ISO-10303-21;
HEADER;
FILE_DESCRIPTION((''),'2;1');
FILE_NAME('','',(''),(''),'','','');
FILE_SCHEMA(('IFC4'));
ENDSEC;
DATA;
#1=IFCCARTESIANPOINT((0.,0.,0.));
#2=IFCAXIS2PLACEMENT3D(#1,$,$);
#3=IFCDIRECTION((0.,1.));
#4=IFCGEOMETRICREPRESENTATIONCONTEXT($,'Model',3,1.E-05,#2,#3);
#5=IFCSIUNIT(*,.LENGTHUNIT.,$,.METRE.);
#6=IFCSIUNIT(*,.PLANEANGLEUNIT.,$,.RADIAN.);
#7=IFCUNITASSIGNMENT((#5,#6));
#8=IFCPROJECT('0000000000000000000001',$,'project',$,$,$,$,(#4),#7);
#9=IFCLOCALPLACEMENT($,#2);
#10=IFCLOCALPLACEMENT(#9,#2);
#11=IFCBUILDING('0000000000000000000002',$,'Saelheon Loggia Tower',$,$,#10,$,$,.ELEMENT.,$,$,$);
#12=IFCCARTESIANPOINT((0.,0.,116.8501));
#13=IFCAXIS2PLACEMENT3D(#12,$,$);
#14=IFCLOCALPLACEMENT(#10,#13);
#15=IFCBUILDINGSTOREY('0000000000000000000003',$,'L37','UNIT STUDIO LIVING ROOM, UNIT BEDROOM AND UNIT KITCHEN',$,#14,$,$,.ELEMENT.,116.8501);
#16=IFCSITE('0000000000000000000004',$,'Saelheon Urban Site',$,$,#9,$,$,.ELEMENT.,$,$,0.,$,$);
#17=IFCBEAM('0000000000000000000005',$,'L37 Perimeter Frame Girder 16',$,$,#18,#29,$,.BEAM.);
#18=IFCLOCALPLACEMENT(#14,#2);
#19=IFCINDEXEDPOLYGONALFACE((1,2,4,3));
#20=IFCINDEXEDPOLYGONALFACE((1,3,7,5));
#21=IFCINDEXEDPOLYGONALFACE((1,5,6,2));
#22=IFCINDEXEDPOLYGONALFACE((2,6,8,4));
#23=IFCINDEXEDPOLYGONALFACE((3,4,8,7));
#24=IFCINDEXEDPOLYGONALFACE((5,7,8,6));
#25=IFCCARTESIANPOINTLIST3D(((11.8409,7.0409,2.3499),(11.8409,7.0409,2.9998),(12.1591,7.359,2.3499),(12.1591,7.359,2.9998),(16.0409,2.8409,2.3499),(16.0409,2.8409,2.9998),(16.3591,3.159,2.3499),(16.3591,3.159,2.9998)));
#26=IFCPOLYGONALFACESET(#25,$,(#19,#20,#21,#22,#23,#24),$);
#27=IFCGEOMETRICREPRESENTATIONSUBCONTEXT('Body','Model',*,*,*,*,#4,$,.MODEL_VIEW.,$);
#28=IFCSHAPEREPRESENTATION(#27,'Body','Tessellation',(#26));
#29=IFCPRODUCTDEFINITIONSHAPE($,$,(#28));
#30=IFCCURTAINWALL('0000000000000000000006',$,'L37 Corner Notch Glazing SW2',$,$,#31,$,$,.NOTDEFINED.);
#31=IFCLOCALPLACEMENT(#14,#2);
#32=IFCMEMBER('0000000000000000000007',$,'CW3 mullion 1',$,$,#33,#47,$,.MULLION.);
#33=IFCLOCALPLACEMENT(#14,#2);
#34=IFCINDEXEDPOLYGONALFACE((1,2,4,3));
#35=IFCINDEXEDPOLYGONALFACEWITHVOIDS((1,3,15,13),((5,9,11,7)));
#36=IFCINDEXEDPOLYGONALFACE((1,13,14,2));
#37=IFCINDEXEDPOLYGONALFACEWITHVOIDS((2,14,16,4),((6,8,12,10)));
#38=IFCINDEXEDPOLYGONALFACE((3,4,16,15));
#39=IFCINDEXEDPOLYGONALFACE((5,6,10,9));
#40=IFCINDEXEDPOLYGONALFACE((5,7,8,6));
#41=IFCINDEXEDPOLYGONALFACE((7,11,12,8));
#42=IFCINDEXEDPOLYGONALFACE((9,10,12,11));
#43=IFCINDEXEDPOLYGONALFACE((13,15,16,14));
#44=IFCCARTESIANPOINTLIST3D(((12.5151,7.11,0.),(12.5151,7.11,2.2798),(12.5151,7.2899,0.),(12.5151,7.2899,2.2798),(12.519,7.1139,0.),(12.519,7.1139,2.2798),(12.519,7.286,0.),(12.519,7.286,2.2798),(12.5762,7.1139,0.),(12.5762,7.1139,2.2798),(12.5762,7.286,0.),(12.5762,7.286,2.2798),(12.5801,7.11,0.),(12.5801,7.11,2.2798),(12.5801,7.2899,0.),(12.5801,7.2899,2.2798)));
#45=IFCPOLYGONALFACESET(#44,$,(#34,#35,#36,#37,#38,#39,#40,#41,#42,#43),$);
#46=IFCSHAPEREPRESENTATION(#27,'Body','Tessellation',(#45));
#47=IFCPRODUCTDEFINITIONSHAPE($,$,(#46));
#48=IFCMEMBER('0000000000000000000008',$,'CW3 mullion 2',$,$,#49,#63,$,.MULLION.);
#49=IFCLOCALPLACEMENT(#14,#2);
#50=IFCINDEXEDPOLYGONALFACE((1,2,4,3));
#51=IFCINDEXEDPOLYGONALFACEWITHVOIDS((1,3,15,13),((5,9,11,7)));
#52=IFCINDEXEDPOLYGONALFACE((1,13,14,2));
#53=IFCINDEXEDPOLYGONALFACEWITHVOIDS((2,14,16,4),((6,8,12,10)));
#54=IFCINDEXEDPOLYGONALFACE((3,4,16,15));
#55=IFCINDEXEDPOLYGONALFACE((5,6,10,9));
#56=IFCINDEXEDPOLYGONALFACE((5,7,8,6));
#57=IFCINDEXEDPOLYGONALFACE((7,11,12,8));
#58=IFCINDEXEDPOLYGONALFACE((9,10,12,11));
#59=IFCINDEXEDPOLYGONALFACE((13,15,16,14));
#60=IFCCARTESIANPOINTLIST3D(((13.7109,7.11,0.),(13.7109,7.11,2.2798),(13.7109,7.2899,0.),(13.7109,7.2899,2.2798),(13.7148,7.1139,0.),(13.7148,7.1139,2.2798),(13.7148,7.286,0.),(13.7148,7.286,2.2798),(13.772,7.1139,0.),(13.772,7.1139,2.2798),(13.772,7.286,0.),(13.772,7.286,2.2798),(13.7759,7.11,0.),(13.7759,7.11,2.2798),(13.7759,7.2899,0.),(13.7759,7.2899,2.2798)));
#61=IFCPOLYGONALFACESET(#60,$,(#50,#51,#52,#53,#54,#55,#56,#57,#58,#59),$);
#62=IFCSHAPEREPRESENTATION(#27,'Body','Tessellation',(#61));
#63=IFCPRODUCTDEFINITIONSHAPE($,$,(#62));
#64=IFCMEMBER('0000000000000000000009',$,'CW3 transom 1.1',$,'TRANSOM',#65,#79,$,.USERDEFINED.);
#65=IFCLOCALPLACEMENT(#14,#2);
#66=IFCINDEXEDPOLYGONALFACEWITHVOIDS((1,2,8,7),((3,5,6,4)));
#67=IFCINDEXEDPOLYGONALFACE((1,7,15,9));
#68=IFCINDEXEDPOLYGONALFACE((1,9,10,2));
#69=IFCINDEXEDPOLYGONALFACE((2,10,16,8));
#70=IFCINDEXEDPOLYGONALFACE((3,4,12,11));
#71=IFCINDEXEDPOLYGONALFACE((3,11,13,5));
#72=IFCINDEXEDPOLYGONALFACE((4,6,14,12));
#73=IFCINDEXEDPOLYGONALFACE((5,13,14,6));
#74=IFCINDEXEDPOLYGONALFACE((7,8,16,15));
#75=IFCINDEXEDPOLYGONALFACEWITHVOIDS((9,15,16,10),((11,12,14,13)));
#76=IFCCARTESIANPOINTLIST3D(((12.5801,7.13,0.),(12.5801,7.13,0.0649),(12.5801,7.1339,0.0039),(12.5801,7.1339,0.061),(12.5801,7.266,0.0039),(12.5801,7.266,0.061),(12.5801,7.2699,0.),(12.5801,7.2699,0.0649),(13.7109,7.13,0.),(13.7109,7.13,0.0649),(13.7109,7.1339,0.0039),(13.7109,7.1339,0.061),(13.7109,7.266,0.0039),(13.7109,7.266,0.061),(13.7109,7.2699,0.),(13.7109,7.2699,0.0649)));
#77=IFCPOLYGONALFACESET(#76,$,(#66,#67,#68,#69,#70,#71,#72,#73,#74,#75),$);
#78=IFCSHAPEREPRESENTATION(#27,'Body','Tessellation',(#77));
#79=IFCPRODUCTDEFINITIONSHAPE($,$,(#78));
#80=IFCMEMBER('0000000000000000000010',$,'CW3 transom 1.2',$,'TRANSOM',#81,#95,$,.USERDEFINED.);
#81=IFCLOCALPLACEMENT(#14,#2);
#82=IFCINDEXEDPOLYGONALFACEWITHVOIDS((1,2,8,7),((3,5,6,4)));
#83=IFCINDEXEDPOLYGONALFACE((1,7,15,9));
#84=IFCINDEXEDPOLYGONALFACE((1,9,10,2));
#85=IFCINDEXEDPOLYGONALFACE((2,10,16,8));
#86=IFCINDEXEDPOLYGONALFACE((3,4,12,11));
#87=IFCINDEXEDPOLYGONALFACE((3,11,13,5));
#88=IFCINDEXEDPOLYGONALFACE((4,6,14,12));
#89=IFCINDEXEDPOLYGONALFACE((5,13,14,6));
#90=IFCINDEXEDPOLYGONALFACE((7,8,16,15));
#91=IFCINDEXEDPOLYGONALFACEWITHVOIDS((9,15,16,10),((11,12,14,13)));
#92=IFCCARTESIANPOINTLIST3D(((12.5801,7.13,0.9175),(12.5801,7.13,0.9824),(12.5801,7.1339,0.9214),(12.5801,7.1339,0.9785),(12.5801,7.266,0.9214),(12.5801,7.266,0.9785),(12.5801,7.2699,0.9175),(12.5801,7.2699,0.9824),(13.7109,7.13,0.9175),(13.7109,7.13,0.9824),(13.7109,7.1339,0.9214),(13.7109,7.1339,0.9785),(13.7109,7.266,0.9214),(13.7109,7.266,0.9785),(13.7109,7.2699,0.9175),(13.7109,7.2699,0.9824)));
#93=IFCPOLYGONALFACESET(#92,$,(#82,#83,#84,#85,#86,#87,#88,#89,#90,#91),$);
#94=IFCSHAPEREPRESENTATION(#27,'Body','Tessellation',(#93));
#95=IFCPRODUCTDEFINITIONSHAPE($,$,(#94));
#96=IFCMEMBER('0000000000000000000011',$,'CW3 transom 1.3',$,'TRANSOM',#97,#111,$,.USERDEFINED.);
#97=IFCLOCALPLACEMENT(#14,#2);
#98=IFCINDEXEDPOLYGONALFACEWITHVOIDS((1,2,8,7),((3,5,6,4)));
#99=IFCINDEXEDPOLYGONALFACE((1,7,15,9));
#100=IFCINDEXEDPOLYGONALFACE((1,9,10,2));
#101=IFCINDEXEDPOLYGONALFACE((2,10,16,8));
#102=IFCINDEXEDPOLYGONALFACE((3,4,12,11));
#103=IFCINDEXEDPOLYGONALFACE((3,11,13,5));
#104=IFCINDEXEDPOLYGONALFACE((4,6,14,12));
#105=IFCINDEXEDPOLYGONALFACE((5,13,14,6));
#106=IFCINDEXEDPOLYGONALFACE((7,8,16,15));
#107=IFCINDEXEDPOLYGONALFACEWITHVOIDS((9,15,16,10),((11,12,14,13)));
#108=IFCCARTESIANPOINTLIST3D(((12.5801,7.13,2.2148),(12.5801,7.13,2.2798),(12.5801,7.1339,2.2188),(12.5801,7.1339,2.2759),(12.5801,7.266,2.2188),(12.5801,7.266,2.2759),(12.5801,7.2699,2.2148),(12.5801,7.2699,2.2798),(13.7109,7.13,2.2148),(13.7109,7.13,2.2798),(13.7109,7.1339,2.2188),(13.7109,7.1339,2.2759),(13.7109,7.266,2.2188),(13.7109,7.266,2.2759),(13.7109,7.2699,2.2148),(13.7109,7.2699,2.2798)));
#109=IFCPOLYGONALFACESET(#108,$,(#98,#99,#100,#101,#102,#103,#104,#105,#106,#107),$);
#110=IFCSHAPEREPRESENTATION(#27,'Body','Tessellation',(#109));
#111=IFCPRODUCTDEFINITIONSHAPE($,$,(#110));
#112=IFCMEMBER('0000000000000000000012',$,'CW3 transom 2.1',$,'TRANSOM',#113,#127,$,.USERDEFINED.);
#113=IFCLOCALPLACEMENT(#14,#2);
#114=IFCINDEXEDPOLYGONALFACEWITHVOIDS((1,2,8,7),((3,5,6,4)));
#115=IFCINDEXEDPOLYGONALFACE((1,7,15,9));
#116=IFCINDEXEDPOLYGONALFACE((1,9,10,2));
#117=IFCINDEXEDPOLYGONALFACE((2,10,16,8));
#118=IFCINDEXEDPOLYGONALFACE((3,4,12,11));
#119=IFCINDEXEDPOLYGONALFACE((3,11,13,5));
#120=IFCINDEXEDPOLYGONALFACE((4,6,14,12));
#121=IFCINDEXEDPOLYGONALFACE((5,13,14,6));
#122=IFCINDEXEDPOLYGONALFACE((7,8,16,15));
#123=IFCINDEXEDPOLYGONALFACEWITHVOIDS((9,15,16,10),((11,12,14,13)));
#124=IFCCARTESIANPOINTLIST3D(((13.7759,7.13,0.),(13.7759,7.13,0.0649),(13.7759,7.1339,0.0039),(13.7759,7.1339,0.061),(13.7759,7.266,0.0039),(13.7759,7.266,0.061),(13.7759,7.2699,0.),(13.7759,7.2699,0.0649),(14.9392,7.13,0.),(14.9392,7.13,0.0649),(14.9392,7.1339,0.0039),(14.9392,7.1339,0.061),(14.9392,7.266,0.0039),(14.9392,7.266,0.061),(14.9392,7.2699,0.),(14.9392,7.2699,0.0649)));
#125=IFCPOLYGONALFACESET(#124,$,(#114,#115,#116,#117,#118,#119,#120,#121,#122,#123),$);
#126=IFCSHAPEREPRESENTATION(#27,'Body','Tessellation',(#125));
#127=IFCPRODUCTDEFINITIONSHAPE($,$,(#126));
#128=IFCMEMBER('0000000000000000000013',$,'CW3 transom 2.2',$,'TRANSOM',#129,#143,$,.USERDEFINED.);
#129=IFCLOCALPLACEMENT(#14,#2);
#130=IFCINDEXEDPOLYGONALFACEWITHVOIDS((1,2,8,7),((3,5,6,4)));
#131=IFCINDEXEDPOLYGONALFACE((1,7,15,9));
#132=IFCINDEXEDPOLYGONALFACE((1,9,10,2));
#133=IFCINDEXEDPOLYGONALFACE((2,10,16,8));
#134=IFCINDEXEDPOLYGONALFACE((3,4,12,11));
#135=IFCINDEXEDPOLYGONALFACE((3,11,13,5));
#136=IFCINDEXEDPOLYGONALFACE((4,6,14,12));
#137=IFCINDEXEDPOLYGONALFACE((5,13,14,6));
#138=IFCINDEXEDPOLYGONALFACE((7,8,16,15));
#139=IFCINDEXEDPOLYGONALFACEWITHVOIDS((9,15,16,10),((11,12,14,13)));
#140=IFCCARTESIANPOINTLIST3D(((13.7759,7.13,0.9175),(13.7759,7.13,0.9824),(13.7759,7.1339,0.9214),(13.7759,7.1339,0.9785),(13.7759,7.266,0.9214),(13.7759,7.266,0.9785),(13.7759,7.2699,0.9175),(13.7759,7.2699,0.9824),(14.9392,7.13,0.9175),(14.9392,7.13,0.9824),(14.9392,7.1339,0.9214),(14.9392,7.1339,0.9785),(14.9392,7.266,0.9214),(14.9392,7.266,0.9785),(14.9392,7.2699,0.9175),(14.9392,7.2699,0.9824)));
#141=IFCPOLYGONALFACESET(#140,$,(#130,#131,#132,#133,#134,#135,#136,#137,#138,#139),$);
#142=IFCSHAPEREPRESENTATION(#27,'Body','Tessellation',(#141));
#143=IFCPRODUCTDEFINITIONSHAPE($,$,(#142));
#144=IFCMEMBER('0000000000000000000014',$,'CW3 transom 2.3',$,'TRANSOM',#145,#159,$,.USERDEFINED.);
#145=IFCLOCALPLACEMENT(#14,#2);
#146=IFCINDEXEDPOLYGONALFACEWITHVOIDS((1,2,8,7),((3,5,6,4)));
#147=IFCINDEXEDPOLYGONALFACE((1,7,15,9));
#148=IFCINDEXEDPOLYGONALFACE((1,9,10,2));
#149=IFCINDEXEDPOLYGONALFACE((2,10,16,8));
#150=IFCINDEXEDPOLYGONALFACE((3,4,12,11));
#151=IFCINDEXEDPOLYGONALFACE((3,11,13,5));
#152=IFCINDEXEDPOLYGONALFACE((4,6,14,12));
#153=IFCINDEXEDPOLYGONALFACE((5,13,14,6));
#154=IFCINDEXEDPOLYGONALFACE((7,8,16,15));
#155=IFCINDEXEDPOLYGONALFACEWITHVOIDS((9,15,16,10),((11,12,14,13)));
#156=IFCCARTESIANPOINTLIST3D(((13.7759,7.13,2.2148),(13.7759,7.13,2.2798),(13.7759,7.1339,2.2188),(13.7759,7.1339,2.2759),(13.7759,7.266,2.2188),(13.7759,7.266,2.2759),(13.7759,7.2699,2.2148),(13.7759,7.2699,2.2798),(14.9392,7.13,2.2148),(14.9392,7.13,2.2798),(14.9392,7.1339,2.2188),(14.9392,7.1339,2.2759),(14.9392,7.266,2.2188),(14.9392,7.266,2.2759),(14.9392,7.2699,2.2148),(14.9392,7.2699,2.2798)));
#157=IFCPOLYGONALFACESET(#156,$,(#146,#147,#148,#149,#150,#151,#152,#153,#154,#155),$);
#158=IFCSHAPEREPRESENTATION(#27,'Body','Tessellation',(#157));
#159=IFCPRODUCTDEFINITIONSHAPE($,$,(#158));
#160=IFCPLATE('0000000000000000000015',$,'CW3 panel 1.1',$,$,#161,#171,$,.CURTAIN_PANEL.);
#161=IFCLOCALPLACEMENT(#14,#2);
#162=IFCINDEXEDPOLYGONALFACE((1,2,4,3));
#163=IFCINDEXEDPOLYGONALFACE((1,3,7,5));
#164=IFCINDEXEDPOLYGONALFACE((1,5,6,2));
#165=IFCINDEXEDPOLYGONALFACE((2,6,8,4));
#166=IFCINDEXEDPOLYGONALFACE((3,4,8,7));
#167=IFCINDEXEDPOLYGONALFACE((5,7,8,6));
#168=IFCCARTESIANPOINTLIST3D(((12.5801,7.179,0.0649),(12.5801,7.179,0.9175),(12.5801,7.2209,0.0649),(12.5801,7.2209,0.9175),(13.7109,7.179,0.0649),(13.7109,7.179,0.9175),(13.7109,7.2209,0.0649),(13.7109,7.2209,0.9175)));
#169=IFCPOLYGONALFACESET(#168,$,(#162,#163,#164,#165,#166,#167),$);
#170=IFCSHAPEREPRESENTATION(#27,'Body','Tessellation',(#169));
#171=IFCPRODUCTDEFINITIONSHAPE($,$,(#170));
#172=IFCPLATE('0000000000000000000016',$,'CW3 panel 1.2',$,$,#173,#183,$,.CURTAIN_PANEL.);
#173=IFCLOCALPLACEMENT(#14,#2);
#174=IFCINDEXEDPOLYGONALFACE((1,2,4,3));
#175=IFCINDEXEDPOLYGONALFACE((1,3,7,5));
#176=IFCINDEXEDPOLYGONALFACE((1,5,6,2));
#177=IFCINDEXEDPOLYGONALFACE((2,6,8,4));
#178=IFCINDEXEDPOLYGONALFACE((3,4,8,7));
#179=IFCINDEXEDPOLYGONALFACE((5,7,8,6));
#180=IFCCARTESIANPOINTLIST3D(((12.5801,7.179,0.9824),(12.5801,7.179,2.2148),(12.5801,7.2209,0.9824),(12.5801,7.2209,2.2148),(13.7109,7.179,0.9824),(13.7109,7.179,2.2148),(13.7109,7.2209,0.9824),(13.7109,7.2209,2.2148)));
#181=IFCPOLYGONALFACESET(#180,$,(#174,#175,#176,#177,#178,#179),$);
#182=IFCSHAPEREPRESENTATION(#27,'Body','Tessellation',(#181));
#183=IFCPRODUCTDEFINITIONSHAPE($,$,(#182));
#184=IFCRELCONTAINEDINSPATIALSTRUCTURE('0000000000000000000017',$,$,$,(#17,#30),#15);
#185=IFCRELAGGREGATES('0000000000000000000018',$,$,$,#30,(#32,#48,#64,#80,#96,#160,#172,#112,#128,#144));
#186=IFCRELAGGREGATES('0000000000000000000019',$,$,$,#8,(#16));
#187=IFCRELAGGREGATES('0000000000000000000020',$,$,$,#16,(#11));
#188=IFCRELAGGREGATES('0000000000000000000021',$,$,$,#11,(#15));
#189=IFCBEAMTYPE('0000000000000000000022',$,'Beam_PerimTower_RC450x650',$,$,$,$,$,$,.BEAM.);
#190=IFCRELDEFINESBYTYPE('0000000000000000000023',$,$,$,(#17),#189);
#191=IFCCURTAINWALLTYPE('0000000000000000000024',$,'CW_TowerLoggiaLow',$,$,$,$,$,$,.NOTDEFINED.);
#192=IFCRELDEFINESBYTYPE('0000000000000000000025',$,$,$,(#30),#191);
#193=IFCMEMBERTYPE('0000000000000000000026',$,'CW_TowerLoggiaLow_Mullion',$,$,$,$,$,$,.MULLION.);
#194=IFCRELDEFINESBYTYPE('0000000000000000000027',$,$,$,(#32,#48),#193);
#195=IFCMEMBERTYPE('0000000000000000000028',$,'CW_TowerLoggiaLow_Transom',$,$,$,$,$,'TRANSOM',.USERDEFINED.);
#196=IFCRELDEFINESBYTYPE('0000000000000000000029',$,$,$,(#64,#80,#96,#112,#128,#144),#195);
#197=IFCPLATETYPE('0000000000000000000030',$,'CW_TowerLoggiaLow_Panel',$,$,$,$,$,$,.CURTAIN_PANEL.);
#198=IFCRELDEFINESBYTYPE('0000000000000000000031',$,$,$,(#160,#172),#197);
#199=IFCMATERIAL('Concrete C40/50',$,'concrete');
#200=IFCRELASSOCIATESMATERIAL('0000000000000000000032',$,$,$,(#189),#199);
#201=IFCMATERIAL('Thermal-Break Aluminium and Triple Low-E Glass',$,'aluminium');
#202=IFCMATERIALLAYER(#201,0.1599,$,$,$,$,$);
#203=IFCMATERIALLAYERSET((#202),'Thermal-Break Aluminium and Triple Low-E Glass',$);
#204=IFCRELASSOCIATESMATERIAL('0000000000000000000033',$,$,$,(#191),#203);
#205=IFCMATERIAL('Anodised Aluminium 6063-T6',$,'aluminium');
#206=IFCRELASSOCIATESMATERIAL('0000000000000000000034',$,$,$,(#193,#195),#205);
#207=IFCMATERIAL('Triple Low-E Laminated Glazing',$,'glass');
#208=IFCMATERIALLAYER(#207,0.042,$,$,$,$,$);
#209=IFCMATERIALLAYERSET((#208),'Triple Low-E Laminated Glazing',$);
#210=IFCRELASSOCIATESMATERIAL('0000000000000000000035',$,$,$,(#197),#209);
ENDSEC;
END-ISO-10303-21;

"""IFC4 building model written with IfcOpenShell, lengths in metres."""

from ifc_helpers import new_model, si_unit, direction, frame, origin, origin_2d, place, context, subcontext, project, spatial, rectangle, hollow_rectangle, extrude, source, transform, mapped, material, layer, layer_set, material_profile, profile_set, type_object, element, aggregate, save


model = new_model("IFC4")

# Units and contexts
model_context = context("Model", 3, precision=1e-05, world=origin(), true_north=direction((0.0, 1.0)))
body_context = subcontext(model_context, "Body", "Model", "MODEL_VIEW")
ifc_project = project(units=[si_unit("LENGTHUNIT", "METRE"), si_unit("PLANEANGLEUNIT", "RADIAN")], contexts=[model_context])

# Site, building, storey
site_placement = place(None, origin())
site = spatial("IfcSite", under=ifc_project, at=site_placement, Name="Saelheon Urban Site", CompositionType="ELEMENT", RefElevation=0.0)
building_placement = place(site_placement, origin())
building = spatial("IfcBuilding", under=site, at=building_placement, Name="Saelheon Loggia Tower", CompositionType="ELEMENT")
storey_placement = place(building_placement, frame((0.0, 0.0, 116.8501)))
storey = spatial("IfcBuildingStorey", under=building, at=storey_placement, Name="L37", Description="UNIT STUDIO LIVING ROOM, UNIT BEDROOM AND UNIT KITCHEN", CompositionType="ELEMENT", Elevation=116.8501)

# Beam
ifc_material_1 = material(Name="Concrete C40/50", Category="concrete")
ifc_material_profile_1 = material_profile(ifc_material_1, rectangle(XDim=0.45, YDim=0.6499, at=origin_2d()), Name="RC-450x650")
ifc_profile_set_1 = profile_set([ifc_material_profile_1], Name="Concrete C40/50")
beam_type = type_object("IfcBeamType", Name="Beam_PerimTower_RC450x650", PredefinedType="BEAM", material=ifc_profile_set_1)
shared_shape_1 = source(origin(), body_context, "Body", "SweptSolid", [
    extrude(rectangle(XDim=0.45, YDim=0.6499, at=origin_2d()), origin(), (0.0, 0.0, 1.0), 5.9397),
])
beam_placement = place(storey_placement, frame((12.0, 7.2, 2.6748), z_axis=(0.707107, -0.707107, 0.0), x_axis=(0.707107, 0.707107, 0.0)))
element("IfcBeam", 1, at=beam_placement, inside=storey, type_object=beam_type, Name="L37 Perimeter Frame Girder 16", PredefinedType="BEAM", context=body_context, shape_type="MappedRepresentation", body=[
    mapped(shared_shape_1, transform((0.0, 0.0, 0.0), scale=1.0)),
])

# Curtain wall, members, plates
ifc_material_2 = material(Name="Thermal-Break Aluminium and Triple Low-E Glass", Category="aluminium")
ifc_layer_1 = layer(ifc_material_2, 0.1599)
ifc_layer_set_1 = layer_set([ifc_layer_1], Name="Thermal-Break Aluminium and Triple Low-E Glass")
curtain_wall_type = type_object("IfcCurtainWallType", Name="CW_TowerLoggiaLow", PredefinedType="NOTDEFINED", material=ifc_layer_set_1)
curtain_wall_placement = place(storey_placement, origin())
curtain_wall = element("IfcCurtainWall", 2, at=curtain_wall_placement, inside=storey, type_object=curtain_wall_type, Name="L37 Corner Notch Glazing SW2", PredefinedType="NOTDEFINED")
ifc_material_3 = material(Name="Anodised Aluminium 6063-T6", Category="aluminium")
ifc_material_profile_2 = material_profile(ifc_material_3, hollow_rectangle(XDim=0.0649, YDim=0.1799, WallThickness=0.0039, at=origin_2d()), Name="RHS-180x65x4")
ifc_profile_set_2 = profile_set([ifc_material_profile_2], Name="Anodised Aluminium 6063-T6")
member_type_1 = type_object("IfcMemberType", Name="CW_TowerLoggiaLow_Mullion", PredefinedType="MULLION", material=ifc_profile_set_2)
shared_shape_2 = source(origin(), body_context, "Body", "SweptSolid", [
    extrude(hollow_rectangle(XDim=0.0649, YDim=0.1799, WallThickness=0.0039, at=origin_2d()), origin(), (0.0, 0.0, 1.0), 2.2798),
])
member_1_placement = place(storey_placement, frame((12.5476, 7.2, 0.0), z_axis=(0.0, 0.0, 1.0), x_axis=(1.0, 0.0, 0.0)))
member_1 = element("IfcMember", 3, at=member_1_placement, type_object=member_type_1, Name="CW3 mullion 1", PredefinedType="MULLION", context=body_context, shape_type="MappedRepresentation", body=[
    mapped(shared_shape_2, transform((0.0, 0.0, 0.0), scale=1.0)),
])
member_2_placement = place(storey_placement, frame((13.7434, 7.2, 0.0), z_axis=(0.0, 0.0, 1.0), x_axis=(1.0, 0.0, 0.0)))
member_2 = element("IfcMember", 4, at=member_2_placement, type_object=member_type_1, Name="CW3 mullion 2", PredefinedType="MULLION", context=body_context, shape_type="MappedRepresentation", body=[
    mapped(shared_shape_2, transform((0.0, 0.0, 0.0), scale=1.0)),
])
ifc_material_profile_3 = material_profile(ifc_material_3, hollow_rectangle(XDim=0.0649, YDim=0.1399, WallThickness=0.0039, at=origin_2d()), Name="RHS-140x65x4")
ifc_profile_set_3 = profile_set([ifc_material_profile_3], Name="Anodised Aluminium 6063-T6")
member_type_2 = type_object("IfcMemberType", Name="CW_TowerLoggiaLow_Transom", ElementType="TRANSOM", PredefinedType="USERDEFINED", material=ifc_profile_set_3)
shared_shape_3 = source(origin(), body_context, "Body", "SweptSolid", [
    extrude(hollow_rectangle(XDim=0.0649, YDim=0.1399, WallThickness=0.0039, at=origin_2d()), origin(), (0.0, 0.0, 1.0), 1.1309),
])
member_3_placement = place(storey_placement, frame((12.5801, 7.2, 0.0325), z_axis=(1.0, 0.0, 0.0), x_axis=(0.0, 0.0, 1.0)))
member_3 = element("IfcMember", 5, at=member_3_placement, type_object=member_type_2, Name="CW3 transom 1.1", ObjectType="TRANSOM", PredefinedType="USERDEFINED", context=body_context, shape_type="MappedRepresentation", body=[
    mapped(shared_shape_3, transform((0.0, 0.0, 0.0), scale=1.0)),
])
member_4_placement = place(storey_placement, frame((12.5801, 7.2, 0.95), z_axis=(1.0, 0.0, 0.0), x_axis=(0.0, 0.0, 1.0)))
member_4 = element("IfcMember", 6, at=member_4_placement, type_object=member_type_2, Name="CW3 transom 1.2", ObjectType="TRANSOM", PredefinedType="USERDEFINED", context=body_context, shape_type="MappedRepresentation", body=[
    mapped(shared_shape_3, transform((0.0, 0.0, 0.0), scale=1.0)),
])
member_5_placement = place(storey_placement, frame((12.5801, 7.2, 2.2473), z_axis=(1.0, 0.0, 0.0), x_axis=(0.0, 0.0, 1.0)))
member_5 = element("IfcMember", 7, at=member_5_placement, type_object=member_type_2, Name="CW3 transom 1.3", ObjectType="TRANSOM", PredefinedType="USERDEFINED", context=body_context, shape_type="MappedRepresentation", body=[
    mapped(shared_shape_3, transform((0.0, 0.0, 0.0), scale=1.0)),
])
shared_shape_4 = source(origin(), body_context, "Body", "SweptSolid", [
    extrude(hollow_rectangle(XDim=0.0649, YDim=0.1399, WallThickness=0.0039, at=origin_2d()), origin(), (0.0, 0.0, 1.0), 1.1633),
])
member_6_placement = place(storey_placement, frame((13.7759, 7.2, 0.0325), z_axis=(1.0, 0.0, 0.0), x_axis=(0.0, 0.0, 1.0)))
member_6 = element("IfcMember", 8, at=member_6_placement, type_object=member_type_2, Name="CW3 transom 2.1", ObjectType="TRANSOM", PredefinedType="USERDEFINED", context=body_context, shape_type="MappedRepresentation", body=[
    mapped(shared_shape_4, transform((0.0, 0.0, 0.0), scale=1.0)),
])
member_7_placement = place(storey_placement, frame((13.7759, 7.2, 0.95), z_axis=(1.0, 0.0, 0.0), x_axis=(0.0, 0.0, 1.0)))
member_7 = element("IfcMember", 9, at=member_7_placement, type_object=member_type_2, Name="CW3 transom 2.2", ObjectType="TRANSOM", PredefinedType="USERDEFINED", context=body_context, shape_type="MappedRepresentation", body=[
    mapped(shared_shape_4, transform((0.0, 0.0, 0.0), scale=1.0)),
])
member_8_placement = place(storey_placement, frame((13.7759, 7.2, 2.2473), z_axis=(1.0, 0.0, 0.0), x_axis=(0.0, 0.0, 1.0)))
member_8 = element("IfcMember", 10, at=member_8_placement, type_object=member_type_2, Name="CW3 transom 2.3", ObjectType="TRANSOM", PredefinedType="USERDEFINED", context=body_context, shape_type="MappedRepresentation", body=[
    mapped(shared_shape_4, transform((0.0, 0.0, 0.0), scale=1.0)),
])
ifc_material_4 = material(Name="Triple Low-E Laminated Glazing", Category="glass")
ifc_layer_2 = layer(ifc_material_4, 0.042)
ifc_layer_set_2 = layer_set([ifc_layer_2], Name="Triple Low-E Laminated Glazing")
plate_type = type_object("IfcPlateType", Name="CW_TowerLoggiaLow_Panel", PredefinedType="CURTAIN_PANEL", material=ifc_layer_set_2)
shared_shape_5 = source(origin(), body_context, "Body", "SweptSolid", [
    extrude(rectangle(XDim=1.1309, YDim=0.042, at=origin_2d()), origin(), (0.0, 0.0, 1.0), 0.8525),
])
plate_1_placement = place(storey_placement, frame((13.1455, 7.2, 0.0649), z_axis=(0.0, 0.0, 1.0), x_axis=(1.0, 0.0, 0.0)))
plate_1 = element("IfcPlate", 11, at=plate_1_placement, type_object=plate_type, Name="CW3 panel 1.1", PredefinedType="CURTAIN_PANEL", context=body_context, shape_type="MappedRepresentation", body=[
    mapped(shared_shape_5, transform((0.0, 0.0, 0.0), scale=1.0)),
])
shared_shape_6 = source(origin(), body_context, "Body", "SweptSolid", [
    extrude(rectangle(XDim=1.1309, YDim=0.042, at=origin_2d()), origin(), (0.0, 0.0, 1.0), 1.2324),
])
plate_2_placement = place(storey_placement, frame((13.1455, 7.2, 0.9824), z_axis=(0.0, 0.0, 1.0), x_axis=(1.0, 0.0, 0.0)))
plate_2 = element("IfcPlate", 12, at=plate_2_placement, type_object=plate_type, Name="CW3 panel 1.2", PredefinedType="CURTAIN_PANEL", context=body_context, shape_type="MappedRepresentation", body=[
    mapped(shared_shape_6, transform((0.0, 0.0, 0.0), scale=1.0)),
])
aggregate(curtain_wall, [member_1, member_2, member_3, member_4, member_5, plate_1, plate_2, member_6, member_7, member_8])

save(model, "model.ifc")
